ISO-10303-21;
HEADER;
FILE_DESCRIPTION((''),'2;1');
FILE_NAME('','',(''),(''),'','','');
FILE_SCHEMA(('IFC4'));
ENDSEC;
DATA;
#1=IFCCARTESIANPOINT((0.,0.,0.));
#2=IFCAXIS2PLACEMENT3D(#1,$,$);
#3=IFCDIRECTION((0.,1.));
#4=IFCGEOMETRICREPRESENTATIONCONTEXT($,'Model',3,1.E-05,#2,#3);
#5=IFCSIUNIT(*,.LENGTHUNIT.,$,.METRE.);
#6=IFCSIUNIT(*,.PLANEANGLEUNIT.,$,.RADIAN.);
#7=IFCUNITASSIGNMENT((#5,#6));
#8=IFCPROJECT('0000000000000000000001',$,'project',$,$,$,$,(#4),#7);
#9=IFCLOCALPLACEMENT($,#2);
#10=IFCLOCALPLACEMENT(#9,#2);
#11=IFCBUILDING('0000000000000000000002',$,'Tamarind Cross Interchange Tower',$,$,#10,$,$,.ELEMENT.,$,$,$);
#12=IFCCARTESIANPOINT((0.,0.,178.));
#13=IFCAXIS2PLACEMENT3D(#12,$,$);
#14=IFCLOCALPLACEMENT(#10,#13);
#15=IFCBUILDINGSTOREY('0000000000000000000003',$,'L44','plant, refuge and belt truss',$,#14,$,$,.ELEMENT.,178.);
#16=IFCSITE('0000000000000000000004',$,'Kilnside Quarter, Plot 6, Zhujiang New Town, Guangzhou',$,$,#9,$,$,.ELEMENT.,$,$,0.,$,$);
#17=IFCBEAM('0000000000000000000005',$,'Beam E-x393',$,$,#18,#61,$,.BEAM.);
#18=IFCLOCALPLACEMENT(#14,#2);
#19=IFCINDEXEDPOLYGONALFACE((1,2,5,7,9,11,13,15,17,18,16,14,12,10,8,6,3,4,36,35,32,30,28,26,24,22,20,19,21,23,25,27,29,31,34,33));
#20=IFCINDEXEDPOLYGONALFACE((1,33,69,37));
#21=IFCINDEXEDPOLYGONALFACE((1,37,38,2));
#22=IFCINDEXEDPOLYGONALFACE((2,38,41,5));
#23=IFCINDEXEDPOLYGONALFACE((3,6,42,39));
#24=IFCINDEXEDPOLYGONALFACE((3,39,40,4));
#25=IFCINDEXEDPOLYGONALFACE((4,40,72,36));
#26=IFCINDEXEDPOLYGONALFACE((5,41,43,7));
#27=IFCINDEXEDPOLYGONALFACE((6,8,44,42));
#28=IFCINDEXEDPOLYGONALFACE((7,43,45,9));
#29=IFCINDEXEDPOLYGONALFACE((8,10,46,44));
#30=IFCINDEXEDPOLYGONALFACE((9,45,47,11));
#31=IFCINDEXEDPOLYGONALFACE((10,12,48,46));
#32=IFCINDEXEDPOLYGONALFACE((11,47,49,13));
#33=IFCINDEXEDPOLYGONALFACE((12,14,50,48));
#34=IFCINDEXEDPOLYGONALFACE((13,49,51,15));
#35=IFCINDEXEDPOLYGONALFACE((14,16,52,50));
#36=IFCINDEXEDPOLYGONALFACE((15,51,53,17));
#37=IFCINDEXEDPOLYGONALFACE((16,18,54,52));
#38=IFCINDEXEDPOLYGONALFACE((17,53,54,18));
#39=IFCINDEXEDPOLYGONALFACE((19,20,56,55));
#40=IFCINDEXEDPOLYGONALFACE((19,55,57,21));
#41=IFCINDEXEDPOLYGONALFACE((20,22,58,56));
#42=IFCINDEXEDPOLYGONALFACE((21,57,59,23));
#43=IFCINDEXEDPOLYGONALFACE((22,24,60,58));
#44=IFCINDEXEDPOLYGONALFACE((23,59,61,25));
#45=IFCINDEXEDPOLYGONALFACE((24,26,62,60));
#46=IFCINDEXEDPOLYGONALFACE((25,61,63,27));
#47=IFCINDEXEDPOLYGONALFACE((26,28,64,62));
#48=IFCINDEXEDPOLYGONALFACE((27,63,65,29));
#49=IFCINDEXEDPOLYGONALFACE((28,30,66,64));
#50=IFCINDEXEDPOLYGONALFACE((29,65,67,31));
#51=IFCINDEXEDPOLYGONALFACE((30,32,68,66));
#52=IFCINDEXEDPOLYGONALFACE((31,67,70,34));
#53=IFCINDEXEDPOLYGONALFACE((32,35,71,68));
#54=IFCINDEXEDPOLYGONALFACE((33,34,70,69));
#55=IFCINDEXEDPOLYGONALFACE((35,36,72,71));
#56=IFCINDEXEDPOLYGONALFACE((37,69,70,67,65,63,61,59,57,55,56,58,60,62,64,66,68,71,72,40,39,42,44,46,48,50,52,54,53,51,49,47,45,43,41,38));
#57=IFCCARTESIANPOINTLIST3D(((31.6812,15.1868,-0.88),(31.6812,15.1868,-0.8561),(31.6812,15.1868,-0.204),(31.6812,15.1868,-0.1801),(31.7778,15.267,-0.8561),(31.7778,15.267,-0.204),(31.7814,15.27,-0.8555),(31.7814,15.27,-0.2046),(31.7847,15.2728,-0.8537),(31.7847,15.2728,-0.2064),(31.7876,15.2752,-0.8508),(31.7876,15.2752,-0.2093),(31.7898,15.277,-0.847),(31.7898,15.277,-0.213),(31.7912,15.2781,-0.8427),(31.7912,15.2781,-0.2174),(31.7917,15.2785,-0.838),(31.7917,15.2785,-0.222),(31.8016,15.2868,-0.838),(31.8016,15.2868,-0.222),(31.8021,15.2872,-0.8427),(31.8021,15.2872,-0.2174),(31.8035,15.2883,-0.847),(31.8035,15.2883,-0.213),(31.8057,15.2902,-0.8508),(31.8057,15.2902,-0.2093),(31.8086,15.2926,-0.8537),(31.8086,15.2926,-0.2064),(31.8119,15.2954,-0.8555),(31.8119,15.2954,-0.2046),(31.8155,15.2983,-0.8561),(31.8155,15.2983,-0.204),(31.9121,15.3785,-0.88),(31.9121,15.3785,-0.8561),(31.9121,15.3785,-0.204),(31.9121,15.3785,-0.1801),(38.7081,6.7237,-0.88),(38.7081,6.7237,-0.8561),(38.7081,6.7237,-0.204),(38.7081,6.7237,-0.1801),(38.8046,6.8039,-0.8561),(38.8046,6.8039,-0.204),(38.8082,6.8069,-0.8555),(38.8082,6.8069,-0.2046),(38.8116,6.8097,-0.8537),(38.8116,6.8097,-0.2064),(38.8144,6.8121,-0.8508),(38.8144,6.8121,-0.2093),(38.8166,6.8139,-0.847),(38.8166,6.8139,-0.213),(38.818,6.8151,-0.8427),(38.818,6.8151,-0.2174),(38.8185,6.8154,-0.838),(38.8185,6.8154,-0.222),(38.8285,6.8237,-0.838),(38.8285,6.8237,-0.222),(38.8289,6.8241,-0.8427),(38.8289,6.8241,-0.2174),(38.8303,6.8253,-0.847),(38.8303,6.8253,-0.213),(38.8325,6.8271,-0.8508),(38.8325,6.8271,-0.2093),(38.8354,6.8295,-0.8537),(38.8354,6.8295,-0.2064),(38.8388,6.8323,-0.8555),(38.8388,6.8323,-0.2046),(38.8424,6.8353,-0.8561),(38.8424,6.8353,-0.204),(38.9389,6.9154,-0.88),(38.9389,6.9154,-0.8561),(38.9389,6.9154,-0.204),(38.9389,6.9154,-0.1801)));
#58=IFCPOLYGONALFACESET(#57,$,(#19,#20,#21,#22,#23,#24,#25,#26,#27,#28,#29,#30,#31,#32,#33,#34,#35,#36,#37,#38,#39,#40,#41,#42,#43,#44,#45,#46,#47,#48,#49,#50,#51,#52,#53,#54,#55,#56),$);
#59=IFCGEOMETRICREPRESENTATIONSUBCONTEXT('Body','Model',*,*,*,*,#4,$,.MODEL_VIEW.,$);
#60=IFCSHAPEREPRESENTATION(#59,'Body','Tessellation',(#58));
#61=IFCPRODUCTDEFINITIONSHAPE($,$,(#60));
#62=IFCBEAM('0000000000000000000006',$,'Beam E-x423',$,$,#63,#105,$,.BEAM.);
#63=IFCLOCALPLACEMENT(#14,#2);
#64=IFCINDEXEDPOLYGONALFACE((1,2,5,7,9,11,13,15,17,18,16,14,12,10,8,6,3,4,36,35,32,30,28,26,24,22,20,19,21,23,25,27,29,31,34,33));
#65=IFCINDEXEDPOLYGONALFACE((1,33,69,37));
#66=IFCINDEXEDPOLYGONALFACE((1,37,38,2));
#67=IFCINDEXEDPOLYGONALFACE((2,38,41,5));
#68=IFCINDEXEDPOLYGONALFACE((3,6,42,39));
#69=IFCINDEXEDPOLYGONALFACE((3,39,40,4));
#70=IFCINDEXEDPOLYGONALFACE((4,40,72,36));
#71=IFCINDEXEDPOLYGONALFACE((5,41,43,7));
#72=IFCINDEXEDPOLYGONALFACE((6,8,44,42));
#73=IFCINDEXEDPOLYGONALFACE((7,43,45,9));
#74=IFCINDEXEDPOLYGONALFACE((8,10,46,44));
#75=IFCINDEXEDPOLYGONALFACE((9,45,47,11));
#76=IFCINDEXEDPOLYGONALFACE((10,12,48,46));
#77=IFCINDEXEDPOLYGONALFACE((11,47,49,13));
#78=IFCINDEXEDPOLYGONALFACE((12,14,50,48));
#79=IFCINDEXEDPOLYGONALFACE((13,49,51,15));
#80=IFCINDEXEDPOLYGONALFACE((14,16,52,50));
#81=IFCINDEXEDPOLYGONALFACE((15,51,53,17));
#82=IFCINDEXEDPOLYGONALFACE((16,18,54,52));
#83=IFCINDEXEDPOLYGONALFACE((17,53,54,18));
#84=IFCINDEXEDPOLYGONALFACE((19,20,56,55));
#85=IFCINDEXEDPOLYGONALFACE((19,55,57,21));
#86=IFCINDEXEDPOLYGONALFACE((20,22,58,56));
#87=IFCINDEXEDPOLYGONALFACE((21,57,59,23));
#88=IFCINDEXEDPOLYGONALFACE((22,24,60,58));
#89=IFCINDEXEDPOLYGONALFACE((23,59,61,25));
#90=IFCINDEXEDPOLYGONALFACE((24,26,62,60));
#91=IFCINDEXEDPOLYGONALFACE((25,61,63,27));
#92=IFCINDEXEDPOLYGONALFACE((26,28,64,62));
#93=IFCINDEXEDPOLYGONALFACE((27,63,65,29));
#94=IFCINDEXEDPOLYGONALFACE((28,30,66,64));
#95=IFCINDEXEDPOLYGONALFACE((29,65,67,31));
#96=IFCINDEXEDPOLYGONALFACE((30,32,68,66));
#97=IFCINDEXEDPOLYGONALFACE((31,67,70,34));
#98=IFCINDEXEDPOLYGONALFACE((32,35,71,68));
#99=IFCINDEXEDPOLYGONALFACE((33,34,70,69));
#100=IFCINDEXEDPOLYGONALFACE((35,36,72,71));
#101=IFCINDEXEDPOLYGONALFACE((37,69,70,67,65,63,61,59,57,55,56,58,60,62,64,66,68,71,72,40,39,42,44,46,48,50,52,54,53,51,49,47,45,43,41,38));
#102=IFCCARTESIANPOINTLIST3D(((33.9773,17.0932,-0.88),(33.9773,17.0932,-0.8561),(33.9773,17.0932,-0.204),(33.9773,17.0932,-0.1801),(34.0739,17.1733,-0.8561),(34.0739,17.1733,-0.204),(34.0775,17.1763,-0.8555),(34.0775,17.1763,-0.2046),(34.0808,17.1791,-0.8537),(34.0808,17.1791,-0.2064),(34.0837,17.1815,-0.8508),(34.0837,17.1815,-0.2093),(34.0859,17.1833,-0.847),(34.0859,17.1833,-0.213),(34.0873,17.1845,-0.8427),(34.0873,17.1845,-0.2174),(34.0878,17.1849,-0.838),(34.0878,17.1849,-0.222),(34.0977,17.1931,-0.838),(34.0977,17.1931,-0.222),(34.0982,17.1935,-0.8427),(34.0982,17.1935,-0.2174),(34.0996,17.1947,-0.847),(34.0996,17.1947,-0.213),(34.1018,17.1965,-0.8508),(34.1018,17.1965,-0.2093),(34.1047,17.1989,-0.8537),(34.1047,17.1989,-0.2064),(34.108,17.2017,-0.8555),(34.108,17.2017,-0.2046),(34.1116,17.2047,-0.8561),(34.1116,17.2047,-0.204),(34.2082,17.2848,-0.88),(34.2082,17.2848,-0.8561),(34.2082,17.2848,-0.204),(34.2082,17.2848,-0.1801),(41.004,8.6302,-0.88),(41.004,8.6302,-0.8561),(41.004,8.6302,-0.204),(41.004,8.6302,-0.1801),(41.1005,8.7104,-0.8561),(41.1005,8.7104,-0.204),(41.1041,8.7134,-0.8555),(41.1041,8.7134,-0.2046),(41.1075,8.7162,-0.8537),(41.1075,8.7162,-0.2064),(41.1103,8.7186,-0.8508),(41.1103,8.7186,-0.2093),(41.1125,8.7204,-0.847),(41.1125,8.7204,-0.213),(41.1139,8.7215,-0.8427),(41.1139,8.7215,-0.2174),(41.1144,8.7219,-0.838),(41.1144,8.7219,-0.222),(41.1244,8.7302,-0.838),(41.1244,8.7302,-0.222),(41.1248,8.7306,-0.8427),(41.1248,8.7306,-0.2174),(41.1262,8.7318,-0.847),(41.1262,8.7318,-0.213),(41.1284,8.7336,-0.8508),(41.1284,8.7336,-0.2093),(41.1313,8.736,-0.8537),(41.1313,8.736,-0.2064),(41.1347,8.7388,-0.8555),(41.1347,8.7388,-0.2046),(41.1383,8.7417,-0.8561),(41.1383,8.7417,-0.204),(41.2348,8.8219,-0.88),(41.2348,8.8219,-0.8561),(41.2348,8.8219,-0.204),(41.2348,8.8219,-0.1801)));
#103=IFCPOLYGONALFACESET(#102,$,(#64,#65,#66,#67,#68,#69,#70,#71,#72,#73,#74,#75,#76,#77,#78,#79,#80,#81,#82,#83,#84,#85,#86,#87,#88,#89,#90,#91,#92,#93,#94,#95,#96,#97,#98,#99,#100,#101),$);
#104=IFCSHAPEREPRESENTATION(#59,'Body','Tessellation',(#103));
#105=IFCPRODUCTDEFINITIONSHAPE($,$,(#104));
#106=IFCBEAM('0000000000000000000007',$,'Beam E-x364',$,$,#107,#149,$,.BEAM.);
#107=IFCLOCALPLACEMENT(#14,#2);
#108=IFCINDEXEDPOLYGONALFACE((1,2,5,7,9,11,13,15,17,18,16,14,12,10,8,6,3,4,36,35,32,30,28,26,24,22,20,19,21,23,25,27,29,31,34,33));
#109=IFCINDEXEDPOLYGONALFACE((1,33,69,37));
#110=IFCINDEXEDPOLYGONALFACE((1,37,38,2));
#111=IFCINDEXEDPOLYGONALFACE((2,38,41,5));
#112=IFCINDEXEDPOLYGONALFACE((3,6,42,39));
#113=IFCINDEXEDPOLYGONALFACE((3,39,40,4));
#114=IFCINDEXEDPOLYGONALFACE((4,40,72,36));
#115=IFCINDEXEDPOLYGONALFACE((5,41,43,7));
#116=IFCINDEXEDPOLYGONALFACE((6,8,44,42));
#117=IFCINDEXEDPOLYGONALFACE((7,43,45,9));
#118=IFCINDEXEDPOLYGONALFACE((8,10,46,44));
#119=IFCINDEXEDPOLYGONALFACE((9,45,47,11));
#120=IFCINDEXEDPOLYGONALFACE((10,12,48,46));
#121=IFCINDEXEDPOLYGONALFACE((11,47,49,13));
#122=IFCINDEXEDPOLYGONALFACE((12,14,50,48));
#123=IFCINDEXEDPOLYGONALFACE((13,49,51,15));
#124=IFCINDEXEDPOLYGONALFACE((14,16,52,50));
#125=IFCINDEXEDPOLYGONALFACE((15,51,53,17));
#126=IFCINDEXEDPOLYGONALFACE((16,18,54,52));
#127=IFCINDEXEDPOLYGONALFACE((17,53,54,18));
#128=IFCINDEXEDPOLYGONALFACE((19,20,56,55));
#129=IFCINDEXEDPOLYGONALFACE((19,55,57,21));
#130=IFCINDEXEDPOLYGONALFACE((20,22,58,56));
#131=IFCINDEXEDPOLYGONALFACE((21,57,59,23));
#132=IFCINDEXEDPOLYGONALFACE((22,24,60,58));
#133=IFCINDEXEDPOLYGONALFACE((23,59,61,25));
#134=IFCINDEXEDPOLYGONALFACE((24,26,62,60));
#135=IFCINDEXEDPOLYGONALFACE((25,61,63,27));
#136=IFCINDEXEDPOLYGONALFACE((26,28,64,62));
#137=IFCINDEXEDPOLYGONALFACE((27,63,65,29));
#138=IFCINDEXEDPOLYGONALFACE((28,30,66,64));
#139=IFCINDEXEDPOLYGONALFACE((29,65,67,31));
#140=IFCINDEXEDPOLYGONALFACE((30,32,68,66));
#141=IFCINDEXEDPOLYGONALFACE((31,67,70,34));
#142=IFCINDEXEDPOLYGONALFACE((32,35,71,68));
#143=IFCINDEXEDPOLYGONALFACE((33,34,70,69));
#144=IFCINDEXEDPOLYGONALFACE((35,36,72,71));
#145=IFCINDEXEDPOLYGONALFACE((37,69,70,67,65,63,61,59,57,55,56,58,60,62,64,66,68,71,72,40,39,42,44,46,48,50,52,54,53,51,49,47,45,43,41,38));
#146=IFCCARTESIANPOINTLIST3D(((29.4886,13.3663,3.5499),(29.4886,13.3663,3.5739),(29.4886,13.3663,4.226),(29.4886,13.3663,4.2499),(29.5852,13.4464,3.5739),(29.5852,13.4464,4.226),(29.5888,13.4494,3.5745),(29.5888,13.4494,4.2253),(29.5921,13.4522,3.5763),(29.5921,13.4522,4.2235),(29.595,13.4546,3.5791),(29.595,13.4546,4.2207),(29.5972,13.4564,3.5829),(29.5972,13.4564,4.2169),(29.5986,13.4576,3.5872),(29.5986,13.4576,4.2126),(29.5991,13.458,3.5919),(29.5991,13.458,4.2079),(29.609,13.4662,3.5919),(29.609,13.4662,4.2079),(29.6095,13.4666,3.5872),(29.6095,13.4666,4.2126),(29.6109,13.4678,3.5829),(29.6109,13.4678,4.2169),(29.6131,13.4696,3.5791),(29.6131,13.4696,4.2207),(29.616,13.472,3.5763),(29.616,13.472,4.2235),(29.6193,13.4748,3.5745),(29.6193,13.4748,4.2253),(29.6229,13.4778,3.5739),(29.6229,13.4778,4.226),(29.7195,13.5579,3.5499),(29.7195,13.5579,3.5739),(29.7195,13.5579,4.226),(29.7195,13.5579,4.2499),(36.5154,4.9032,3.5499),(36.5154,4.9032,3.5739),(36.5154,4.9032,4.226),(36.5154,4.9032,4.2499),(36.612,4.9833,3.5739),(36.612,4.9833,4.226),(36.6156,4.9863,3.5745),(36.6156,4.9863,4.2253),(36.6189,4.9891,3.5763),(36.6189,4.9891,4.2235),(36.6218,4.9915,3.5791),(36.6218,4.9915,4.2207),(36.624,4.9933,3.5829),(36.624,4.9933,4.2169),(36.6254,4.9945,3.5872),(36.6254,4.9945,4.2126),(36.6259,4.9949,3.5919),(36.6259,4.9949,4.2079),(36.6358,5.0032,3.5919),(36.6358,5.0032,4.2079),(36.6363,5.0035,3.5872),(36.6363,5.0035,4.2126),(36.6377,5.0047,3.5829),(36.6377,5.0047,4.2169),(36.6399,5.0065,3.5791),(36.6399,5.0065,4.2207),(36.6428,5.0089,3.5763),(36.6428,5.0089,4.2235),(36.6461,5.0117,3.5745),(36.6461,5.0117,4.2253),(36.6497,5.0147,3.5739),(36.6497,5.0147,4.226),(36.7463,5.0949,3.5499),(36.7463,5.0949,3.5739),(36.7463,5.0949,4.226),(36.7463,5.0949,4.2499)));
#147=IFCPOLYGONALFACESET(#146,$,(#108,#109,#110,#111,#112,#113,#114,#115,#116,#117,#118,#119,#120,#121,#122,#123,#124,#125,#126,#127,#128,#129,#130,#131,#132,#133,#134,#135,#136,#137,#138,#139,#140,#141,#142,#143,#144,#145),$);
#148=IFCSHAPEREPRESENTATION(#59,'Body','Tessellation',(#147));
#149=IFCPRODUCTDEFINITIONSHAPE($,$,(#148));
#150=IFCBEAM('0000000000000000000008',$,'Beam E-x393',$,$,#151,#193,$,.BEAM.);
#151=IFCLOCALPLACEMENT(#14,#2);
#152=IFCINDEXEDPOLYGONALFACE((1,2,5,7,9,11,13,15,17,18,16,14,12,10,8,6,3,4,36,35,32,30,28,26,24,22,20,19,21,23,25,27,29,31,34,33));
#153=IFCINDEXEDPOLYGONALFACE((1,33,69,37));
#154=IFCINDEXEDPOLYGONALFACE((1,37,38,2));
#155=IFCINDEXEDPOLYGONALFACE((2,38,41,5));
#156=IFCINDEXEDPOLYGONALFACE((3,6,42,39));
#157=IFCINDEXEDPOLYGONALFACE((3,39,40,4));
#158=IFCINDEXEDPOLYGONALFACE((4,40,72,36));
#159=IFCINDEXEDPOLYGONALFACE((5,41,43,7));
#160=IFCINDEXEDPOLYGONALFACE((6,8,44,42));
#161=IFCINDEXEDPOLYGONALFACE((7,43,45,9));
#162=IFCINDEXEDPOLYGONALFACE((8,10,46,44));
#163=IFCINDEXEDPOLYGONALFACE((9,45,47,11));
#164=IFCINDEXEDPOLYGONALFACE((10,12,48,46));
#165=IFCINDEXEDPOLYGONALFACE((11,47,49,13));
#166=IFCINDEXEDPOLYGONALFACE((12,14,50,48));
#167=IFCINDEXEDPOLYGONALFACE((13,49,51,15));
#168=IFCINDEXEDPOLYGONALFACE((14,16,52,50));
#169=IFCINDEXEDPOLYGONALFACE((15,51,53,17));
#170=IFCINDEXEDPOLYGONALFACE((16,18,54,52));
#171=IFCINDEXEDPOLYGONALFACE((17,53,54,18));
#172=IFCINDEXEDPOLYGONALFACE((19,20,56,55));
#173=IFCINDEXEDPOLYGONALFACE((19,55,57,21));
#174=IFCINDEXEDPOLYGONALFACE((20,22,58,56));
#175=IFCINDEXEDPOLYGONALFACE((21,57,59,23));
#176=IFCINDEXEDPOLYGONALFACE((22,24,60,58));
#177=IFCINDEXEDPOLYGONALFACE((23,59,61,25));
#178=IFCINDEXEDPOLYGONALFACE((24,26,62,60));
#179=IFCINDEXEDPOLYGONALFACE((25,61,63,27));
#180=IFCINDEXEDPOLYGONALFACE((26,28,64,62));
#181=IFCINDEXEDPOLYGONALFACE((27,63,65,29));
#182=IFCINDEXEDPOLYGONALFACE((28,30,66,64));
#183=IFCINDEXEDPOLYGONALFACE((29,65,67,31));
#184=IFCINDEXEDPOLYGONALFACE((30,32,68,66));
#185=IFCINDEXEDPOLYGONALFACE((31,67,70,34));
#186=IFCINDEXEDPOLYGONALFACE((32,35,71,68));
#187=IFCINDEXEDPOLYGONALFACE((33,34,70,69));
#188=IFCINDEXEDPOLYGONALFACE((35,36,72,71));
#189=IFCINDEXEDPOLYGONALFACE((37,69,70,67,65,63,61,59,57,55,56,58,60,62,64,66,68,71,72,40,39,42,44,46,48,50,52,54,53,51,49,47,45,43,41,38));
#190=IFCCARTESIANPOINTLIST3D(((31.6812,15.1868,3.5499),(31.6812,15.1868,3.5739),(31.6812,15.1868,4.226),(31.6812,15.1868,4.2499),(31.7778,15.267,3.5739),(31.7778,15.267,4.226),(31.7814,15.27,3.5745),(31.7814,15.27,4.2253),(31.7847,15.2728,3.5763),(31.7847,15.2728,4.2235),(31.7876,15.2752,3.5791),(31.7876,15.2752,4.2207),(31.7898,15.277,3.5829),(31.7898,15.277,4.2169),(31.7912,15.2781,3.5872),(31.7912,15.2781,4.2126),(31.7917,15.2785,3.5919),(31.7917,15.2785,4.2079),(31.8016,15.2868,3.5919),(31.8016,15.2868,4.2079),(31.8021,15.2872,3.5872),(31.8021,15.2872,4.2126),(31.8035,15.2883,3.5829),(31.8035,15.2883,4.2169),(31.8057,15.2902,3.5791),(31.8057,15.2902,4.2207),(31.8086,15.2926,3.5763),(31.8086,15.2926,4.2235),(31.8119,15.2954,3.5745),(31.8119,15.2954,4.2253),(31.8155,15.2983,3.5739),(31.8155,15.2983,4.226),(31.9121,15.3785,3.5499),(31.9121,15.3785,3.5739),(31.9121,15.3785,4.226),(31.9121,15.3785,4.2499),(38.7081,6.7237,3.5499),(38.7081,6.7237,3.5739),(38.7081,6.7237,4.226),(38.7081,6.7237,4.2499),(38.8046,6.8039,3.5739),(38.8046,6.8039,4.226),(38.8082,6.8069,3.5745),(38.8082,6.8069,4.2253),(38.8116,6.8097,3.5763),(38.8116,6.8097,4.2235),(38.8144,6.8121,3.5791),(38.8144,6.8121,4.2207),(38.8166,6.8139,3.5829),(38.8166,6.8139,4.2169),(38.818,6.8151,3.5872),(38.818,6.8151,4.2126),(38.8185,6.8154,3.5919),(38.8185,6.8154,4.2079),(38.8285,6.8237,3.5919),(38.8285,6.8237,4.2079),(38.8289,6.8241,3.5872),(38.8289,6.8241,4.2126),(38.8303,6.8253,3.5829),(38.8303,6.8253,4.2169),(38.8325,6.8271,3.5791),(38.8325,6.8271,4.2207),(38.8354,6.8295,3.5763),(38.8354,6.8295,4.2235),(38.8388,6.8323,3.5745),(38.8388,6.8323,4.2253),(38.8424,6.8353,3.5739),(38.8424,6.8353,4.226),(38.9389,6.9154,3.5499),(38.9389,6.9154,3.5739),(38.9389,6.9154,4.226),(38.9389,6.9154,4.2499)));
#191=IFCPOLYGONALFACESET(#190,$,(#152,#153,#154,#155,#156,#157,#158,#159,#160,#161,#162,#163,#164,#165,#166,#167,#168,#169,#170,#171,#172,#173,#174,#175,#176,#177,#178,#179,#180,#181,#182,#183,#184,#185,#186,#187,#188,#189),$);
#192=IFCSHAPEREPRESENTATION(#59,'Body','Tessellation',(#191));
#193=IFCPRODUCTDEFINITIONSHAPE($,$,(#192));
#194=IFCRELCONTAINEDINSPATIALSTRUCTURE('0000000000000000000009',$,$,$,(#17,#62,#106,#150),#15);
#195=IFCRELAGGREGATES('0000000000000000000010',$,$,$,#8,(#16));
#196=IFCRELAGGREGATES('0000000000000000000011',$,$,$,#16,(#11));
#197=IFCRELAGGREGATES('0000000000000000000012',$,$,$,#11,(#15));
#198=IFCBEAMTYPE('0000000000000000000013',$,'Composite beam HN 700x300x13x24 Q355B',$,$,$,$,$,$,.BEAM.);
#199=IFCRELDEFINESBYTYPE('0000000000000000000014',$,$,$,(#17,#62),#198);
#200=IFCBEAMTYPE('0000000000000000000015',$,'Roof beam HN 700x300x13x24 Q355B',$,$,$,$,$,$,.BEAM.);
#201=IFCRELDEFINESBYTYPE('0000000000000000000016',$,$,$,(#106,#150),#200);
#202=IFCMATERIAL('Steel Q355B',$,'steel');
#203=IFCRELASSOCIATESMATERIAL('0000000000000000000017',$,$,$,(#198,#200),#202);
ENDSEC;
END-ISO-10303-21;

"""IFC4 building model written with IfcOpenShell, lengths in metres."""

from ifc_helpers import new_model, si_unit, direction, frame, origin, origin_2d, place, context, subcontext, project, spatial, i_section, extrude, material, material_profile, profile_set, type_object, element, save


model = new_model("IFC4")

# Units and contexts
model_context = context("Model", 3, precision=1e-05, world=origin(), true_north=direction((0.0, 1.0)))
body_context = subcontext(model_context, "Body", "Model", "MODEL_VIEW")
ifc_project = project(units=[si_unit("LENGTHUNIT", "METRE"), si_unit("PLANEANGLEUNIT", "RADIAN")], contexts=[model_context])

# Site, building, storey
site_placement = place(None, origin())
site = spatial("IfcSite", under=ifc_project, at=site_placement, Name="Kilnside Quarter, Plot 6, Zhujiang New Town, Guangzhou", CompositionType="ELEMENT", RefElevation=0.0)
building_placement = place(site_placement, origin())
building = spatial("IfcBuilding", under=site, at=building_placement, Name="Tamarind Cross Interchange Tower", CompositionType="ELEMENT")
storey_placement = place(building_placement, frame((0.0, 0.0, 178.0)))
storey = spatial("IfcBuildingStorey", under=building, at=storey_placement, Name="L44", Description="plant, refuge and belt truss", CompositionType="ELEMENT", Elevation=178.0)

# Beams
ifc_material_1 = material(Name="Steel Q355B", Category="steel")
ifc_material_profile_1 = material_profile(ifc_material_1, i_section(OverallWidth=0.3, OverallDepth=0.7, WebThickness=0.0129, FlangeThickness=0.0239, FilletRadius=0.0181, at=origin_2d()), Name="HN 700x300x13x24")
ifc_profile_set_1 = profile_set([ifc_material_profile_1], Name="Steel Q355B")
beam_type_1 = type_object("IfcBeamType", Name="Composite beam HN 700x300x13x24 Q355B", PredefinedType="BEAM", material=ifc_profile_set_1)
for number, where, z_axis, x_axis, name in (
    (1, (38.8235, 6.8196, -0.53), (-0.638801, 0.769372, 0.0), (-0.769372, -0.638801, 0.0), "Beam E-x393"),
):
    element("IfcBeam", number, at=place(storey_placement, frame(where, z_axis=z_axis, x_axis=x_axis)), inside=storey, type_object=beam_type_1, Name=name, PredefinedType="BEAM", context=body_context, shape_type="SweptSolid", body=[
        extrude(i_section(OverallWidth=0.3, OverallDepth=0.7, WebThickness=0.0129, FlangeThickness=0.0239, FilletRadius=0.0181, at=origin_2d()), origin(), (0.0, 0.0, 1.0), 11.0),
    ])
beam_1_placement = place(storey_placement, frame((41.1194, 8.7261, -0.53), z_axis=(-0.638799, 0.769373, 0.0), x_axis=(-0.769373, -0.638799, 0.0)))
element("IfcBeam", 2, at=beam_1_placement, inside=storey, type_object=beam_type_1, Name="Beam E-x423", PredefinedType="BEAM", context=body_context, shape_type="SweptSolid", body=[
    extrude(i_section(OverallWidth=0.3, OverallDepth=0.7, WebThickness=0.0129, FlangeThickness=0.0239, FilletRadius=0.0181, at=origin_2d()), origin(), (0.0, 0.0, 1.0), 10.9998),
])
ifc_material_profile_2 = material_profile(ifc_material_1, i_section(OverallWidth=0.3, OverallDepth=0.7, WebThickness=0.0129, FlangeThickness=0.0239, FilletRadius=0.0181, at=origin_2d()), Name="HN 700x300x13x24")
ifc_profile_set_2 = profile_set([ifc_material_profile_2], Name="Steel Q355B")
beam_type_2 = type_object("IfcBeamType", Name="Roof beam HN 700x300x13x24 Q355B", PredefinedType="BEAM", material=ifc_profile_set_2)
for number, where, z_axis, x_axis, name in (
    (3, (36.6309, 4.999, 3.8999), (-0.638801, 0.769372, 0.0), (-0.769372, -0.638801, 0.0), "Beam E-x364"),
    (4, (38.8235, 6.8196, 3.8999), (-0.638801, 0.769372, 0.0), (-0.769372, -0.638801, 0.0), "Beam E-x393"),
):
    element("IfcBeam", number, at=place(storey_placement, frame(where, z_axis=z_axis, x_axis=x_axis)), inside=storey, type_object=beam_type_2, Name=name, PredefinedType="BEAM", context=body_context, shape_type="SweptSolid", body=[
        extrude(i_section(OverallWidth=0.3, OverallDepth=0.7, WebThickness=0.0129, FlangeThickness=0.0239, FilletRadius=0.0181, at=origin_2d()), origin(), (0.0, 0.0, 1.0), 11.0),
    ])

save(model, "model.ifc")
